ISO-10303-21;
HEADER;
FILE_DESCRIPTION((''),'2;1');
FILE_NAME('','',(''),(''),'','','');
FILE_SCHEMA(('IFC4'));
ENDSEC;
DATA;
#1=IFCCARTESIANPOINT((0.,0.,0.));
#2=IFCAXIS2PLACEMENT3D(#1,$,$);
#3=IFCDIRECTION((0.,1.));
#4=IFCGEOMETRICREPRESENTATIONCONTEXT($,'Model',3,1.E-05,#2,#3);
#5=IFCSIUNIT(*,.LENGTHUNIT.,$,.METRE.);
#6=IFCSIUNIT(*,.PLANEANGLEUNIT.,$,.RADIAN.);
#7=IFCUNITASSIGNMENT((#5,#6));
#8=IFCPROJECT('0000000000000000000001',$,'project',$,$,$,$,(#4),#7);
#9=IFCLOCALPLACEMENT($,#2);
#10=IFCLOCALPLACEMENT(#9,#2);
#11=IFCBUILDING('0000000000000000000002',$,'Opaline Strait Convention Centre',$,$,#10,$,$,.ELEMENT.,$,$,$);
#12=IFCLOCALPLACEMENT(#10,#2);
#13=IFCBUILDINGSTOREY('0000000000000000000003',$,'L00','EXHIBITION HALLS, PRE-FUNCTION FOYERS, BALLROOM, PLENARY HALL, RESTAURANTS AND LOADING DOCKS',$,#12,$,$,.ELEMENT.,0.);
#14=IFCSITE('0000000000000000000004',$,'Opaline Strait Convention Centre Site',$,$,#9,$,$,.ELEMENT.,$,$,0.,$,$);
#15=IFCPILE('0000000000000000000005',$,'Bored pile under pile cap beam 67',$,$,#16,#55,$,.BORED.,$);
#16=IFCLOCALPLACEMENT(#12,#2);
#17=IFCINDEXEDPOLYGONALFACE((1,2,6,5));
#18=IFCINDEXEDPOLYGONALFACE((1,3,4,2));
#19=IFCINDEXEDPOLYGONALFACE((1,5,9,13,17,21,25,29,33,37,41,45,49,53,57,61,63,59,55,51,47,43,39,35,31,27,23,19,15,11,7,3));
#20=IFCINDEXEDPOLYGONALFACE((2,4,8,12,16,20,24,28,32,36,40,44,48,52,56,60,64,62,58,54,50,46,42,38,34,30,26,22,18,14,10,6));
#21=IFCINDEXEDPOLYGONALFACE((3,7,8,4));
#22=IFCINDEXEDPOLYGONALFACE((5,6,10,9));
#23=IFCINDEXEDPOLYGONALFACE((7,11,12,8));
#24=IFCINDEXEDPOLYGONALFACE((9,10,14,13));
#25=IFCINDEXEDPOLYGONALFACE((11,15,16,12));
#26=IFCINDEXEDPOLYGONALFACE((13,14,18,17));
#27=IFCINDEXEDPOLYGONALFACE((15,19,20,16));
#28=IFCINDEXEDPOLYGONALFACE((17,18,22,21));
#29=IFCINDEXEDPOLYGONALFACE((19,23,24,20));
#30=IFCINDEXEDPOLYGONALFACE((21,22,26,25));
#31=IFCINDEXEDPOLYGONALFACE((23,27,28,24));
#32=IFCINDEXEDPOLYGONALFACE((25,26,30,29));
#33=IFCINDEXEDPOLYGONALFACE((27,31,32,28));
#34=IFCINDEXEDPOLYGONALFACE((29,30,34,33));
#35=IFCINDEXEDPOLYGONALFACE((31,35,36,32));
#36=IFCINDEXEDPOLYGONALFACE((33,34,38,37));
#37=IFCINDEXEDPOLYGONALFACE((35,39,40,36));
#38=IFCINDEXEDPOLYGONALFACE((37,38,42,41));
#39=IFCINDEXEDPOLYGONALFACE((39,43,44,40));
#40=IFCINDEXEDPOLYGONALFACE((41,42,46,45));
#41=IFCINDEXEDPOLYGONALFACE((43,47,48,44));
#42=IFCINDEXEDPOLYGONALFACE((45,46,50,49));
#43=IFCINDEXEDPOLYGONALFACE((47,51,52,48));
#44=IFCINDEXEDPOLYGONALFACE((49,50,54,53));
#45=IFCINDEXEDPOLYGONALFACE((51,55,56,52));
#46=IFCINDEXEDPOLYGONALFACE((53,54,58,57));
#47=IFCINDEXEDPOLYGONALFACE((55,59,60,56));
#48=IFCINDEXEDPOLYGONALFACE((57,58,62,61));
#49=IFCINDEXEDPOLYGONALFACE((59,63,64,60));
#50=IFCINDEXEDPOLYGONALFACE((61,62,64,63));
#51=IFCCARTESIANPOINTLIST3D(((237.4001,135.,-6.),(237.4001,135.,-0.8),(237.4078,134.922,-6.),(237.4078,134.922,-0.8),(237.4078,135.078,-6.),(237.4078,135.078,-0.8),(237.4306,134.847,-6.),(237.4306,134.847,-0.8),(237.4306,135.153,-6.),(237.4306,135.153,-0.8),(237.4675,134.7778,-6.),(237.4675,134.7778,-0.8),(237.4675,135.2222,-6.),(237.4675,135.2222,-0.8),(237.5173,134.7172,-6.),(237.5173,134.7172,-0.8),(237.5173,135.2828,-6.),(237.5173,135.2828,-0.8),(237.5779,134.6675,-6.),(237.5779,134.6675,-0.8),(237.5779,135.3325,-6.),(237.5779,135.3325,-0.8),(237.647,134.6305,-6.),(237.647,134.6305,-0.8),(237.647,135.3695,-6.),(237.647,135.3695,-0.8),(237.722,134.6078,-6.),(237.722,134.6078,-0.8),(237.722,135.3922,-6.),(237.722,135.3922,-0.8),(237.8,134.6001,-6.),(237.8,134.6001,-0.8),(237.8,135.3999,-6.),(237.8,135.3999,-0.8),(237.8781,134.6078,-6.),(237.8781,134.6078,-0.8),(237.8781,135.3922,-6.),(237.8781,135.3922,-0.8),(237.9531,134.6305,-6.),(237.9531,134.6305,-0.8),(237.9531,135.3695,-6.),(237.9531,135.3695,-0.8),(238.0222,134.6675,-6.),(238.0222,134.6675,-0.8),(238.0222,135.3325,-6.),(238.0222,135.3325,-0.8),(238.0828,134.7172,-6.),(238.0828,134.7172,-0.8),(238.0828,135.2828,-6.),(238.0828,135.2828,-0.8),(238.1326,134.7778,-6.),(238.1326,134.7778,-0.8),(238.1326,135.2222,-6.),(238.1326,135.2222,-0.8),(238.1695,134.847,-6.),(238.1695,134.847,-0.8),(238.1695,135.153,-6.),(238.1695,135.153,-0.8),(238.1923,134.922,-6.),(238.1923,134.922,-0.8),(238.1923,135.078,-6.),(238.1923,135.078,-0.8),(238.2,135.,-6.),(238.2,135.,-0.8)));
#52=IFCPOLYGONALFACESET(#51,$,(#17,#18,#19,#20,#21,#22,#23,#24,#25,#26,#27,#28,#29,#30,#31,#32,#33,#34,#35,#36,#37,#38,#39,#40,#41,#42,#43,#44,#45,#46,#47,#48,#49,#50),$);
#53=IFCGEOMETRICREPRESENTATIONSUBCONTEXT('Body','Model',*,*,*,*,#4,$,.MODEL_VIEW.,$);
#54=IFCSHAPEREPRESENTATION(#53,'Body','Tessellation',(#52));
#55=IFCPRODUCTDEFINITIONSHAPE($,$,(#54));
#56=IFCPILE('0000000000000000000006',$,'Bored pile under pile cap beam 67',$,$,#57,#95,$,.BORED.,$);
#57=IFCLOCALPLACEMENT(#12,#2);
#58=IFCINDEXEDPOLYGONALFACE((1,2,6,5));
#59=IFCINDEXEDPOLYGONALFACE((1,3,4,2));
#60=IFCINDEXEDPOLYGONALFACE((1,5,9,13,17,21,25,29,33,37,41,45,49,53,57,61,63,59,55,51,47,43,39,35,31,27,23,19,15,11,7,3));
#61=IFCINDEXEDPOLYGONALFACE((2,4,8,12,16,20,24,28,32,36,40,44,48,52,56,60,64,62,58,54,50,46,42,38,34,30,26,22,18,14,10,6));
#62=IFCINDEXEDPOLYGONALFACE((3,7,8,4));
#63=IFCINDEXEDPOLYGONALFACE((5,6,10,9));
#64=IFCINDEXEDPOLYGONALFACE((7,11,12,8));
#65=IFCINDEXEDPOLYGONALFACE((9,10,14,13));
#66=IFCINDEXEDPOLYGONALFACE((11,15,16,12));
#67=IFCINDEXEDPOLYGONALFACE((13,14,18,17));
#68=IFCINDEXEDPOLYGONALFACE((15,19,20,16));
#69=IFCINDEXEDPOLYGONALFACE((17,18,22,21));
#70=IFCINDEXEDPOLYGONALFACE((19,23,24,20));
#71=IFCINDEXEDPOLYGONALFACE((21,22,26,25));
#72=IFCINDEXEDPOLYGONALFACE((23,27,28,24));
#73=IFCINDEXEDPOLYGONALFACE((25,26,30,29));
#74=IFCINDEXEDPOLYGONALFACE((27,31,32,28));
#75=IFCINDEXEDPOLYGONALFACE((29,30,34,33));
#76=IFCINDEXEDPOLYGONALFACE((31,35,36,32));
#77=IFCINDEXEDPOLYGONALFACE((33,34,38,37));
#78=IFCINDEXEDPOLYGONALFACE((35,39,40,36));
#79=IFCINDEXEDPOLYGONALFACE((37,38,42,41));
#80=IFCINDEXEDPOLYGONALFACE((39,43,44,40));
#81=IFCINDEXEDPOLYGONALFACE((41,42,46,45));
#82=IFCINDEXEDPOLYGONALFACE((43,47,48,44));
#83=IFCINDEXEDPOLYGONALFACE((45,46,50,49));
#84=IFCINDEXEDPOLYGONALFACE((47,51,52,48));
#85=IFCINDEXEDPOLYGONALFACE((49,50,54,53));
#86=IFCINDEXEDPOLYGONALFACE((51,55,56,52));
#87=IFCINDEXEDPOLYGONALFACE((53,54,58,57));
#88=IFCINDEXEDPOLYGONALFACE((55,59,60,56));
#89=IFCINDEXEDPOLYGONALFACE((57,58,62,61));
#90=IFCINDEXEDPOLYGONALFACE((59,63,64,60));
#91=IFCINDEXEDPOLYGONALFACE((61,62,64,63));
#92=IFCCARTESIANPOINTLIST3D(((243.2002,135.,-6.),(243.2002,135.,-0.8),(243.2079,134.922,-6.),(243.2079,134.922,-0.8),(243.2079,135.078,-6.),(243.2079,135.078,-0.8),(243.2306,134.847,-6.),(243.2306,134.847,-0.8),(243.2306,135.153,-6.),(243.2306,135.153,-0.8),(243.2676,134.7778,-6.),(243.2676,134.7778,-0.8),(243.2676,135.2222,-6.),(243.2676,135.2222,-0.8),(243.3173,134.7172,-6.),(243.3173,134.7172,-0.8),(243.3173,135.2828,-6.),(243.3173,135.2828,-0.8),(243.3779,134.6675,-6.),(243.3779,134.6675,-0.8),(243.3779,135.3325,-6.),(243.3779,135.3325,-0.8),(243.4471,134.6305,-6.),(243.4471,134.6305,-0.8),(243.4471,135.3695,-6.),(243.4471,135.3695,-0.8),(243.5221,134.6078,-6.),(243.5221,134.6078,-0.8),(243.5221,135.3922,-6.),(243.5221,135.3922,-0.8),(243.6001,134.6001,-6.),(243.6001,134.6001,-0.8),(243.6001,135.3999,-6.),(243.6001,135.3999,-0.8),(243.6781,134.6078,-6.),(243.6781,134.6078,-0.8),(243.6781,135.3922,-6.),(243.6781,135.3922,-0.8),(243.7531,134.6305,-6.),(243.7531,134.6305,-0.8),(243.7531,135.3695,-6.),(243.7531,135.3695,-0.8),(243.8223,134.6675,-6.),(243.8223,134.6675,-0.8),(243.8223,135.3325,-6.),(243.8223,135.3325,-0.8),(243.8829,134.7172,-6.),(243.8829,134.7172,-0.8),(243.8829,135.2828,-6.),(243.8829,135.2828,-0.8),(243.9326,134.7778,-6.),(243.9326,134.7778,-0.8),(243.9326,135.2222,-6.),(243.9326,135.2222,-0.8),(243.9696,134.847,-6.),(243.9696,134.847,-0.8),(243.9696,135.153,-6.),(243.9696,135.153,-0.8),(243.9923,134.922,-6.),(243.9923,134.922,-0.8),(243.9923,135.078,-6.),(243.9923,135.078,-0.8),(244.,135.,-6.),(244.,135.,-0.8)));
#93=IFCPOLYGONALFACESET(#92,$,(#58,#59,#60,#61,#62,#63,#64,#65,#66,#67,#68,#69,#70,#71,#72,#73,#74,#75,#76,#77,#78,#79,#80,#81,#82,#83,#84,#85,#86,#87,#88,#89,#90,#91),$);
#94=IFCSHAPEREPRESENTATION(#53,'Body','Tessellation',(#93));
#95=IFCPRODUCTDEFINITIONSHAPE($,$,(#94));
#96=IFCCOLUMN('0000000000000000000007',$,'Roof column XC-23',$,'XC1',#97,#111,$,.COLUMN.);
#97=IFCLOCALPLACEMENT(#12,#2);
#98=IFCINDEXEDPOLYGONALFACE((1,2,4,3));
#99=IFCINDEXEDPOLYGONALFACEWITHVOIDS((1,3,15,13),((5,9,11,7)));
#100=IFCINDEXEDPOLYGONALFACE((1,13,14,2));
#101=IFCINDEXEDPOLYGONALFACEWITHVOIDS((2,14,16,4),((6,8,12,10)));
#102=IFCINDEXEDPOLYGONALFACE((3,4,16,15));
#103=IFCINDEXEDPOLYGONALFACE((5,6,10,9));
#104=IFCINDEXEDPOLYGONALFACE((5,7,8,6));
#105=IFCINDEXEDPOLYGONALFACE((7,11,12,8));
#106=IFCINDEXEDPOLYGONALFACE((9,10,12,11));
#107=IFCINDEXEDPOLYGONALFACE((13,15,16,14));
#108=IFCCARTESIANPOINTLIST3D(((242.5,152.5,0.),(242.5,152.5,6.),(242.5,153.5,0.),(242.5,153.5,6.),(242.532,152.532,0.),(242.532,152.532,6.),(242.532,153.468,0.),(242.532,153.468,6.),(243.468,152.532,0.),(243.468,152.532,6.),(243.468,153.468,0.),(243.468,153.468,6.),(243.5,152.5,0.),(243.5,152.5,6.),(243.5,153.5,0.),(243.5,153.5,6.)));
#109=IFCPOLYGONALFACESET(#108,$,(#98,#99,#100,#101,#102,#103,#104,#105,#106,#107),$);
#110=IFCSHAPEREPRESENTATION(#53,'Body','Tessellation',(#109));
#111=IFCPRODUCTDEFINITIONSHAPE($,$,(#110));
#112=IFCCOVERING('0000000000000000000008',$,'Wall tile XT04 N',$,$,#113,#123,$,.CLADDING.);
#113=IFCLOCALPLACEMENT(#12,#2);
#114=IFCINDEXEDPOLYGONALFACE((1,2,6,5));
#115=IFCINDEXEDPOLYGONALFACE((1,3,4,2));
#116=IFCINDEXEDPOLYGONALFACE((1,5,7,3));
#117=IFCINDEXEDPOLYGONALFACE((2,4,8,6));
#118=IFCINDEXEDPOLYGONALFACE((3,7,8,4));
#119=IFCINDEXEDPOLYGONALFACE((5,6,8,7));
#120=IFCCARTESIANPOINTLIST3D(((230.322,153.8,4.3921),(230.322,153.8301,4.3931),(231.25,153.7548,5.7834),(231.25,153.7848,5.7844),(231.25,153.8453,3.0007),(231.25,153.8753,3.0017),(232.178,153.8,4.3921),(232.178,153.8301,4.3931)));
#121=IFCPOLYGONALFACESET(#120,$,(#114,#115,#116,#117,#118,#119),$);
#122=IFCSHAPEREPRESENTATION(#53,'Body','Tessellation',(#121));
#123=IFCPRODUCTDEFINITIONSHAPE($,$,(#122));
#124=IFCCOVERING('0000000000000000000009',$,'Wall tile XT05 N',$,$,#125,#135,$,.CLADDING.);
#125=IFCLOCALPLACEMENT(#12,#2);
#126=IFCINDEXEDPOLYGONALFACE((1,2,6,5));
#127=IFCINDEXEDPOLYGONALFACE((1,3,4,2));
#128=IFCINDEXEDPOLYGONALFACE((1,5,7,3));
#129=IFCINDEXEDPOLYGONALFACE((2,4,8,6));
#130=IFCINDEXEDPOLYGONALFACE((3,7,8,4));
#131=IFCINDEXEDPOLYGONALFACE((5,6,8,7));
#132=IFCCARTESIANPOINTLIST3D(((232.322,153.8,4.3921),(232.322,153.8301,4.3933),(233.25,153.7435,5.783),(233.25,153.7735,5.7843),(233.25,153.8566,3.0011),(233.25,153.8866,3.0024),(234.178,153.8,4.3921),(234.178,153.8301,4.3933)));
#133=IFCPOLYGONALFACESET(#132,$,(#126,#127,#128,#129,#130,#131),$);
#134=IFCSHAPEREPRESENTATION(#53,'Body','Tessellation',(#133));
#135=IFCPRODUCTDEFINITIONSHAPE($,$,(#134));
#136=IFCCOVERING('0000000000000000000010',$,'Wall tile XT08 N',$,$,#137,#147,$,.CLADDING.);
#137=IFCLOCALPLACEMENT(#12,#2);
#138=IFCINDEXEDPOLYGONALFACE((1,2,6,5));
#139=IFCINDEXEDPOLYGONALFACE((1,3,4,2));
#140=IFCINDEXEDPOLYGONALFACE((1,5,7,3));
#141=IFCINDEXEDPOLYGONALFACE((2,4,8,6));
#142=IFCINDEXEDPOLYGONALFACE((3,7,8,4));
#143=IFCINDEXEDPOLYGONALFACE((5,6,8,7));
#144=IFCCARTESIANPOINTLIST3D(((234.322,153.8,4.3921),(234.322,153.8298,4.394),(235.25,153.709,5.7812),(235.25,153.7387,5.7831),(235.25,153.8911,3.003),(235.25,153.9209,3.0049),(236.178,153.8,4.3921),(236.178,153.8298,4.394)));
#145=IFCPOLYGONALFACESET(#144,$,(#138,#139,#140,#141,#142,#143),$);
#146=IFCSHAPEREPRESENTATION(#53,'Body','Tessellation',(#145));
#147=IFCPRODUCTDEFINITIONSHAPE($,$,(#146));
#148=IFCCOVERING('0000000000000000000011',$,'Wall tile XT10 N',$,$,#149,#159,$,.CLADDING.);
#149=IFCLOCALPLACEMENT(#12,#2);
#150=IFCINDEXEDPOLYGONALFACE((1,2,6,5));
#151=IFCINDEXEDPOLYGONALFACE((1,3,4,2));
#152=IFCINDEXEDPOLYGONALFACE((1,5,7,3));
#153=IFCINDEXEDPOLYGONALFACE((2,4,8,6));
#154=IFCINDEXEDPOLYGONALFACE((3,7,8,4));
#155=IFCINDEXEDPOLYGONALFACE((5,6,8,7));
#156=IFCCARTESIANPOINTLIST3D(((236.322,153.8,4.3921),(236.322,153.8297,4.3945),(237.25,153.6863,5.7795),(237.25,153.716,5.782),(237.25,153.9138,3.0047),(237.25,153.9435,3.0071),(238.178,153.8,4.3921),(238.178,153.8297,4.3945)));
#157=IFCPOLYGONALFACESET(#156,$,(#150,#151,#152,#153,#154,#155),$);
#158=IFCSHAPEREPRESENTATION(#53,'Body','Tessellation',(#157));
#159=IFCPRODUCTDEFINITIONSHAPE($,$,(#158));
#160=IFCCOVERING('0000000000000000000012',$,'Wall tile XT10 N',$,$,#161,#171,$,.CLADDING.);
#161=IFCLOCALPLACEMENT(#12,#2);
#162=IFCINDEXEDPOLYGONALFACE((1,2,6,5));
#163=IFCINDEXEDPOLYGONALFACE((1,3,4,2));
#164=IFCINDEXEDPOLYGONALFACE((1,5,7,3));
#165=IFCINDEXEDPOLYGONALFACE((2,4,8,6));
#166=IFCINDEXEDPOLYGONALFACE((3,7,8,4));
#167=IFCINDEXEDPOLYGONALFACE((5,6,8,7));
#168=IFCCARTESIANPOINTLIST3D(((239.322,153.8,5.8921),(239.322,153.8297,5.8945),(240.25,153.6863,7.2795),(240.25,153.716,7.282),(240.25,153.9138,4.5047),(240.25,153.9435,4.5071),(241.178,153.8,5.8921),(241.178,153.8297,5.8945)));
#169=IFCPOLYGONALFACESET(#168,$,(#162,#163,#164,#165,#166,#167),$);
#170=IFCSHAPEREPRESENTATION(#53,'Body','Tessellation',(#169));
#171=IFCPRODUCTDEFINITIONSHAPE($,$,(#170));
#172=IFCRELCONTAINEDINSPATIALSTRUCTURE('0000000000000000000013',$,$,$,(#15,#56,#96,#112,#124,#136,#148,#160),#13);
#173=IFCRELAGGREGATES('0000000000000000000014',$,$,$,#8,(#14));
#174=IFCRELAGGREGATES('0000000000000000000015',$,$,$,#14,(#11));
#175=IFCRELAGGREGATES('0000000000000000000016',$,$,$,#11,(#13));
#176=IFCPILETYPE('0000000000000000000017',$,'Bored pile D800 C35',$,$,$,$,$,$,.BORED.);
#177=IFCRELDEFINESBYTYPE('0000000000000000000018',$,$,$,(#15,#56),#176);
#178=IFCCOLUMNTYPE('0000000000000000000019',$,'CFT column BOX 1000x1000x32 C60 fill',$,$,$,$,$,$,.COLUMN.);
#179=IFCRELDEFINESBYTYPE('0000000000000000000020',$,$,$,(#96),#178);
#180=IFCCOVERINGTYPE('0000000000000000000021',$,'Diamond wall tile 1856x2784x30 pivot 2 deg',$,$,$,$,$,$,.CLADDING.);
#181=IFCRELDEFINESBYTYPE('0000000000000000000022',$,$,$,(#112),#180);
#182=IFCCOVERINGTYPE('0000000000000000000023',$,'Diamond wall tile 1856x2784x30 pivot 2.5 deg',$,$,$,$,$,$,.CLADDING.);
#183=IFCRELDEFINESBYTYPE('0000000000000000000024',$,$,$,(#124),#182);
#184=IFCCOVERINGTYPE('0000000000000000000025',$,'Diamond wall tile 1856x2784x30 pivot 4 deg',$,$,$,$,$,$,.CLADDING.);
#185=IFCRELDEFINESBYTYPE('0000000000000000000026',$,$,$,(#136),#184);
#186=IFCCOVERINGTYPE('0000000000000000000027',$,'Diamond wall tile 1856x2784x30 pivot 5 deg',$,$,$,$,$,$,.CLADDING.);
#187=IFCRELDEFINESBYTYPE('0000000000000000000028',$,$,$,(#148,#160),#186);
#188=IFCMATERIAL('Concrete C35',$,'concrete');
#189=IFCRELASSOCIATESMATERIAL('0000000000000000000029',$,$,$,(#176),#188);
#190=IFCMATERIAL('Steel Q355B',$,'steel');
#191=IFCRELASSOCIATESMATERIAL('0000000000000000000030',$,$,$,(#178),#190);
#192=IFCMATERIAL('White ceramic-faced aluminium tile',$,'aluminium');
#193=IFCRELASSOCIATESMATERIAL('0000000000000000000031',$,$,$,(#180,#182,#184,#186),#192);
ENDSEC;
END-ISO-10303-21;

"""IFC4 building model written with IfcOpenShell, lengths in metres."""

from ifc_helpers import new_model, si_unit, direction, frame, origin, origin_2d, place, context, subcontext, project, spatial, polyline, hollow_rectangle, circle, outline, extrude, material, material_profile, profile_set, type_object, element, save


model = new_model("IFC4")

# Units and contexts
model_context = context("Model", 3, precision=1e-05, world=origin(), true_north=direction((0.0, 1.0)))
body_context = subcontext(model_context, "Body", "Model", "MODEL_VIEW")
ifc_project = project(units=[si_unit("LENGTHUNIT", "METRE"), si_unit("PLANEANGLEUNIT", "RADIAN")], contexts=[model_context])

# Site, building, storey
site_placement = place(None, origin())
site = spatial("IfcSite", under=ifc_project, at=site_placement, Name="Opaline Strait Convention Centre Site", CompositionType="ELEMENT", RefElevation=0.0)
building_placement = place(site_placement, origin())
building = spatial("IfcBuilding", under=site, at=building_placement, Name="Opaline Strait Convention Centre", CompositionType="ELEMENT")
storey_placement = place(building_placement, origin())
storey = spatial("IfcBuildingStorey", under=building, at=storey_placement, Name="L00", Description="EXHIBITION HALLS, PRE-FUNCTION FOYERS, BALLROOM, PLENARY HALL, RESTAURANTS AND LOADING DOCKS", CompositionType="ELEMENT", Elevation=0.0)

# Piles
ifc_material_1 = material(Name="Concrete C35", Category="concrete")
ifc_material_profile_1 = material_profile(ifc_material_1, circle(Radius=0.3999, at=origin_2d()), Name="D800")
ifc_profile_set_1 = profile_set([ifc_material_profile_1], Name="Concrete C35")
pile_type_1 = type_object("IfcPileType", Name="Bored pile D800 C35", PredefinedType="BORED", material=ifc_profile_set_1)
for number, where, z_axis, x_axis, name in (
    (1, (237.8, 135.0, -0.8), (0.0, 0.0, -1.0), (1.0, 0.0, 0.0), "Bored pile under pile cap beam 67"),
    (2, (243.6001, 135.0, -0.8), (0.0, 0.0, -1.0), (1.0, 0.0, 0.0), "Bored pile under pile cap beam 67"),
):
    element("IfcPile", number, at=place(storey_placement, frame(where, z_axis=z_axis, x_axis=x_axis)), inside=storey, type_object=pile_type_1, Name=name, PredefinedType="BORED", context=body_context, shape_type="SweptSolid", body=[
        extrude(circle(Radius=0.3999, at=origin_2d()), origin(), (0.0, 0.0, 1.0), 5.2),
    ])

# Column
ifc_material_2 = material(Name="Steel Q355B", Category="steel")
ifc_material_profile_2 = material_profile(ifc_material_2, hollow_rectangle(XDim=1.0, YDim=1.0, WallThickness=0.032, at=origin_2d()), Name="BOX 1000x1000x32")
ifc_profile_set_2 = profile_set([ifc_material_profile_2], Name="Steel Q355B")
column_type = type_object("IfcColumnType", Name="CFT column BOX 1000x1000x32 C60 fill", PredefinedType="COLUMN", material=ifc_profile_set_2)
column_placement = place(storey_placement, frame((243.0, 153.0, 0.0), z_axis=(0.0, 0.0, 1.0), x_axis=(1.0, 0.0, 0.0)))
element("IfcColumn", 3, at=column_placement, inside=storey, type_object=column_type, Name="Roof column XC-23", ObjectType="XC1", PredefinedType="COLUMN", context=body_context, shape_type="SweptSolid", body=[
    extrude(hollow_rectangle(XDim=1.0, YDim=1.0, WallThickness=0.032, at=origin_2d()), origin(), (0.0, 0.0, 1.0), 6.0),
])

# Coverings
ifc_material_3 = material(Name="White ceramic-faced aluminium tile", Category="aluminium")
ifc_material_profile_3 = material_profile(ifc_material_3, outline(polyline([(0.928, 0.0), (0.0, 1.3921), (-0.928, 0.0), (0.0, -1.3921), (0.928, 0.0)])), Name="Diamond tile 1856x2784")
ifc_profile_set_3 = profile_set([ifc_material_profile_3], Name="White ceramic-faced aluminium tile")
covering_type_1 = type_object("IfcCoveringType", Name="Diamond wall tile 1856x2784x30 pivot 2 deg", PredefinedType="CLADDING", material=ifc_profile_set_3)
covering_1_placement = place(storey_placement, frame((231.25, 153.8, 4.3921), z_axis=(0.0, 0.999472, 0.032503), x_axis=(-1.0, 0.0, 0.0)))
element("IfcCovering", 4, at=covering_1_placement, inside=storey, type_object=covering_type_1, Name="Wall tile XT04 N", PredefinedType="CLADDING", context=body_context, shape_type="SweptSolid", body=[
    extrude(outline(polyline([(0.928, 0.0), (0.0, 1.3921), (-0.928, 0.0), (0.0, -1.3921), (0.928, 0.0)])), origin(), (0.0, 0.0, 1.0), 0.03),
])
ifc_material_profile_4 = material_profile(ifc_material_3, outline(polyline([(0.928, 0.0), (0.0, 1.3921), (-0.928, 0.0), (0.0, -1.3921), (0.928, 0.0)])), Name="Diamond tile 1856x2784")
ifc_profile_set_4 = profile_set([ifc_material_profile_4], Name="White ceramic-faced aluminium tile")
covering_type_2 = type_object("IfcCoveringType", Name="Diamond wall tile 1856x2784x30 pivot 2.5 deg", PredefinedType="CLADDING", material=ifc_profile_set_4)
covering_2_placement = place(storey_placement, frame((233.25, 153.8, 4.3921), z_axis=(0.0, 0.999175, 0.040617), x_axis=(-1.0, 0.0, 0.0)))
element("IfcCovering", 5, at=covering_2_placement, inside=storey, type_object=covering_type_2, Name="Wall tile XT05 N", PredefinedType="CLADDING", context=body_context, shape_type="SweptSolid", body=[
    extrude(outline(polyline([(0.928, 0.0), (0.0, 1.3921), (-0.928, 0.0), (0.0, -1.3921), (0.928, 0.0)])), origin(), (0.0, 0.0, 1.0), 0.03),
])
ifc_material_profile_5 = material_profile(ifc_material_3, outline(polyline([(0.928, 0.0), (0.0, 1.3921), (-0.928, 0.0), (0.0, -1.3921), (0.928, 0.0)])), Name="Diamond tile 1856x2784")
ifc_profile_set_5 = profile_set([ifc_material_profile_5], Name="White ceramic-faced aluminium tile")
covering_type_3 = type_object("IfcCoveringType", Name="Diamond wall tile 1856x2784x30 pivot 4 deg", PredefinedType="CLADDING", material=ifc_profile_set_5)
covering_3_placement = place(storey_placement, frame((235.25, 153.8, 4.3921), z_axis=(0.0, 0.997857, 0.065433), x_axis=(-1.0, 0.0, 0.0)))
element("IfcCovering", 6, at=covering_3_placement, inside=storey, type_object=covering_type_3, Name="Wall tile XT08 N", PredefinedType="CLADDING", context=body_context, shape_type="SweptSolid", body=[
    extrude(outline(polyline([(0.928, 0.0), (0.0, 1.3921), (-0.928, 0.0), (0.0, -1.3921), (0.928, 0.0)])), origin(), (0.0, 0.0, 1.0), 0.0298),
])
ifc_material_profile_6 = material_profile(ifc_material_3, outline(polyline([(0.928, 0.0), (0.0, 1.3921), (-0.928, 0.0), (0.0, -1.3921), (0.928, 0.0)])), Name="Diamond tile 1856x2784")
ifc_profile_set_6 = profile_set([ifc_material_profile_6], Name="White ceramic-faced aluminium tile")
covering_type_4 = type_object("IfcCoveringType", Name="Diamond wall tile 1856x2784x30 pivot 5 deg", PredefinedType="CLADDING", material=ifc_profile_set_6)
for number, where, z_axis, x_axis, name in (
    (7, (237.25, 153.8, 4.3921), (0.0, 0.996658, 0.081693), (-1.0, 0.0, 0.0), "Wall tile XT10 N"),
    (8, (240.25, 153.8, 5.8921), (0.0, 0.996658, 0.081693), (-1.0, 0.0, 0.0), "Wall tile XT10 N"),
):
    element("IfcCovering", number, at=place(storey_placement, frame(where, z_axis=z_axis, x_axis=x_axis)), inside=storey, type_object=covering_type_4, Name=name, PredefinedType="CLADDING", context=body_context, shape_type="SweptSolid", body=[
        extrude(outline(polyline([(0.928, 0.0), (0.0, 1.3921), (-0.928, 0.0), (0.0, -1.3921), (0.928, 0.0)])), origin(), (0.0, 0.0, 1.0), 0.0298),
    ])

save(model, "model.ifc")
